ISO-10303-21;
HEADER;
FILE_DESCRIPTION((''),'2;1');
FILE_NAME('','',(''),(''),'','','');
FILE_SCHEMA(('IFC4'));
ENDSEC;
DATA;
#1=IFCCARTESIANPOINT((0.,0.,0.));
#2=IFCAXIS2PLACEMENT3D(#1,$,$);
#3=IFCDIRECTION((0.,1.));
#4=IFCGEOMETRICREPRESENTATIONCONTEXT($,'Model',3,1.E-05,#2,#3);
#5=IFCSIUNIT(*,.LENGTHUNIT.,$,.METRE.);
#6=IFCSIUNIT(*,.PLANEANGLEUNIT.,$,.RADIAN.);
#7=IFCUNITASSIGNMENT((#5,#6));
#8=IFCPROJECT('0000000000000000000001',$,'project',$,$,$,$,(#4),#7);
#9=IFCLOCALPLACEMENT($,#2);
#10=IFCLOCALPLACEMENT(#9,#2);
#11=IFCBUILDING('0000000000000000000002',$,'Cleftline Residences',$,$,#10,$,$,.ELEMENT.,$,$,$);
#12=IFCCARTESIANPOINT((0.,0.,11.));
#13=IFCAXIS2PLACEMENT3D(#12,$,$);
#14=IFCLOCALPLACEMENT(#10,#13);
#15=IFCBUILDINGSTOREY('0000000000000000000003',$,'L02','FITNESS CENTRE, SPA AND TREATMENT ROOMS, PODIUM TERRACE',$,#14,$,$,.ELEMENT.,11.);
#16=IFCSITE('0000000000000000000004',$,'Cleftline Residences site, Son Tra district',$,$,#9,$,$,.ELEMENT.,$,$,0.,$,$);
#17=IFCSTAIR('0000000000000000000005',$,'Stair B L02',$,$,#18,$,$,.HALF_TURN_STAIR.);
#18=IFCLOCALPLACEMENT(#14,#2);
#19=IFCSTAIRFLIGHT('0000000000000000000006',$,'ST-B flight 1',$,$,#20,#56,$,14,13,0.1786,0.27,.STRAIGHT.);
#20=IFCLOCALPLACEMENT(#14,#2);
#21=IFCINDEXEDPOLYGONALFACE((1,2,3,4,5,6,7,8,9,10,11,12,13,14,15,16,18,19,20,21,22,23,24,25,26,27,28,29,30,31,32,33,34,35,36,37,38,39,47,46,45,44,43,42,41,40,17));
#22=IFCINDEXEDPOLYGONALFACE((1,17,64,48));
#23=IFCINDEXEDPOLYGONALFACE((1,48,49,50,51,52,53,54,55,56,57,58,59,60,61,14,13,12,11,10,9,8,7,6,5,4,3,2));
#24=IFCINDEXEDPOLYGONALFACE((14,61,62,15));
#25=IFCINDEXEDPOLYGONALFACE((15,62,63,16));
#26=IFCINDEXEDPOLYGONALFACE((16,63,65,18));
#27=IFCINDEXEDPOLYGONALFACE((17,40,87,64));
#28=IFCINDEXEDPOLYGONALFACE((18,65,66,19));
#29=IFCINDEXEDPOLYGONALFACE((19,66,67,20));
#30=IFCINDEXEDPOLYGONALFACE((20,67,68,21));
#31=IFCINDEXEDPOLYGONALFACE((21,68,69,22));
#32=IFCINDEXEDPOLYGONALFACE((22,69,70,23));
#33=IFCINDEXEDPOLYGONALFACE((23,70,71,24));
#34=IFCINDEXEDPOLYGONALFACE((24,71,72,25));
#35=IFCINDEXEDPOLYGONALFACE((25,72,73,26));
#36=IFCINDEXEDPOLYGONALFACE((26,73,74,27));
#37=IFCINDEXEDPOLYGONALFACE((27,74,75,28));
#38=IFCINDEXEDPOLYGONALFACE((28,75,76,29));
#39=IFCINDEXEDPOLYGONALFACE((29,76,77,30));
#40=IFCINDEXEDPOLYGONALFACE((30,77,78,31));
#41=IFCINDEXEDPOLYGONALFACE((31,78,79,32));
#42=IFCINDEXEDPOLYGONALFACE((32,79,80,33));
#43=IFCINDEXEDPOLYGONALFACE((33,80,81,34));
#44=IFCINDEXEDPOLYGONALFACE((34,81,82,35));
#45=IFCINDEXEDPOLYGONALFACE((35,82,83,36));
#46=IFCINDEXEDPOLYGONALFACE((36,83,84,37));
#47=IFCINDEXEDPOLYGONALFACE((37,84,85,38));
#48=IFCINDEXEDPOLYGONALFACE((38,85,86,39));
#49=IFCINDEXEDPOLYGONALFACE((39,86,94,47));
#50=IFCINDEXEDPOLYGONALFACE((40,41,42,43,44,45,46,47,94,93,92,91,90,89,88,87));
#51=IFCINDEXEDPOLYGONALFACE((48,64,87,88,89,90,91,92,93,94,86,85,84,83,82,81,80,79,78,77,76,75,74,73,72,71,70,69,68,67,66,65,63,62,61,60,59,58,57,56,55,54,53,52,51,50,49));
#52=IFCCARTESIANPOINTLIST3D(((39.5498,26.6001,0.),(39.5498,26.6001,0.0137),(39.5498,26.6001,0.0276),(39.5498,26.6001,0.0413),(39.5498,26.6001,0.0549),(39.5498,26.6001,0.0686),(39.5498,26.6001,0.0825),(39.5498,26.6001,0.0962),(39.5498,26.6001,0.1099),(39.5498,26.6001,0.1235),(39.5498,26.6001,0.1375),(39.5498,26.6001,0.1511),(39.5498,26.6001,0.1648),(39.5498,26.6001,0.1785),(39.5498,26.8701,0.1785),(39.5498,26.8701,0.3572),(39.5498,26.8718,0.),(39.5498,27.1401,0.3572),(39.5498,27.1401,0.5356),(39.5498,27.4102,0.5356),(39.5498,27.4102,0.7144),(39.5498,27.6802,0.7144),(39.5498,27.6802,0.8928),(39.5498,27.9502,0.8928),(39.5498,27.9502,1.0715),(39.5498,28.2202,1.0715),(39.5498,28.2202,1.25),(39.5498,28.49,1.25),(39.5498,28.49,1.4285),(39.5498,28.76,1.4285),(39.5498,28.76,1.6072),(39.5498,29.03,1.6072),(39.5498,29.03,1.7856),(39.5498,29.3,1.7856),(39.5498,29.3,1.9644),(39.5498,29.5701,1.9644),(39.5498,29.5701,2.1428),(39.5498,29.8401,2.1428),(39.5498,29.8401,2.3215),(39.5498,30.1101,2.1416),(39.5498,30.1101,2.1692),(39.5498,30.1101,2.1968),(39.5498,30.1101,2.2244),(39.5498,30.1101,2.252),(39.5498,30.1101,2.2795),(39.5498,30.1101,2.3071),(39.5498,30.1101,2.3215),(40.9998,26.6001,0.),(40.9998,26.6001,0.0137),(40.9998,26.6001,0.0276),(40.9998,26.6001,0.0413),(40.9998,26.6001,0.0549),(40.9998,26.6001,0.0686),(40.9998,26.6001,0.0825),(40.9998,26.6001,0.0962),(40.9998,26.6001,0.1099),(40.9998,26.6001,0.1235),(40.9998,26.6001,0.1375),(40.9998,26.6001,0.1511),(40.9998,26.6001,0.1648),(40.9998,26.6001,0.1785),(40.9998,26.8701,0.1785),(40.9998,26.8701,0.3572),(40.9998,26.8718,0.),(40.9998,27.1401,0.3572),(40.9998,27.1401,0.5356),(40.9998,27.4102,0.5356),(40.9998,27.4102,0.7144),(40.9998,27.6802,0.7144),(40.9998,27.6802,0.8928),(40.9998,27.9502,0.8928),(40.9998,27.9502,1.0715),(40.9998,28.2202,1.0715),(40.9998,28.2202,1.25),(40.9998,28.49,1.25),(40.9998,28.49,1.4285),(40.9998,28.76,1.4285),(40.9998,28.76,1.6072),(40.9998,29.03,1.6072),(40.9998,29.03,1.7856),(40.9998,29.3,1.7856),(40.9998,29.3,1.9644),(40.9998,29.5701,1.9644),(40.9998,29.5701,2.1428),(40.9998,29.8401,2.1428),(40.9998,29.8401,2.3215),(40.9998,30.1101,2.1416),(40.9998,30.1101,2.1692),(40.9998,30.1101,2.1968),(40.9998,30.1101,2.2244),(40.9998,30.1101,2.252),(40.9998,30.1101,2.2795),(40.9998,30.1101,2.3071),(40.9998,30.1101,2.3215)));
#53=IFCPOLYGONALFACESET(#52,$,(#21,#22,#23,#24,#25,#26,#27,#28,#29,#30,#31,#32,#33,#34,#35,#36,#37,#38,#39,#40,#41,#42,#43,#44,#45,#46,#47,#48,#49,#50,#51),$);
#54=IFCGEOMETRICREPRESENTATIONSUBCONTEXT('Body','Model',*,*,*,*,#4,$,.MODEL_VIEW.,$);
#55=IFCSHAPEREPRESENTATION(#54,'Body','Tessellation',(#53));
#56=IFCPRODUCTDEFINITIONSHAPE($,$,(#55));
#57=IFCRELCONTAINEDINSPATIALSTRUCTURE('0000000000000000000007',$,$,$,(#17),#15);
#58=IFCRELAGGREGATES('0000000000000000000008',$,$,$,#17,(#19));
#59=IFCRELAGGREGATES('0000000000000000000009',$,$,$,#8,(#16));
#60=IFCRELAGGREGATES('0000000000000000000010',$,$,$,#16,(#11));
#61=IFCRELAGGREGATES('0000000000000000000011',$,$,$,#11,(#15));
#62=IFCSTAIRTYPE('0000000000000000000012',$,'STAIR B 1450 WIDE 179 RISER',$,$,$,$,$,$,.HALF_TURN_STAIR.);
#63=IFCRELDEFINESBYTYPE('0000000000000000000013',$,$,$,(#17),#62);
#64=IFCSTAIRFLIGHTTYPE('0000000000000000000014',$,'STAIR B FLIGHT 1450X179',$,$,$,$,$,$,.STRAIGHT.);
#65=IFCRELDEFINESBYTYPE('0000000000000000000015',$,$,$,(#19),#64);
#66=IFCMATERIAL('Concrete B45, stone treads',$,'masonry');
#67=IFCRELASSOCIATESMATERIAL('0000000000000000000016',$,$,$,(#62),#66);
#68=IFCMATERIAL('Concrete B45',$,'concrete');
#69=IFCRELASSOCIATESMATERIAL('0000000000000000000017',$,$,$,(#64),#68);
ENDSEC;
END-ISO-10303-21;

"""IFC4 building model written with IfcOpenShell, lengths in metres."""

from ifc_helpers import new_model, si_unit, direction, frame, origin, place, context, subcontext, project, spatial, polyline, outline, extrude, material, type_object, element, aggregate, save


model = new_model("IFC4")

# Units and contexts
model_context = context("Model", 3, precision=1e-05, world=origin(), true_north=direction((0.0, 1.0)))
body_context = subcontext(model_context, "Body", "Model", "MODEL_VIEW")
ifc_project = project(units=[si_unit("LENGTHUNIT", "METRE"), si_unit("PLANEANGLEUNIT", "RADIAN")], contexts=[model_context])

# Site, building, storey
site_placement = place(None, origin())
site = spatial("IfcSite", under=ifc_project, at=site_placement, Name="Cleftline Residences site, Son Tra district", CompositionType="ELEMENT", RefElevation=0.0)
building_placement = place(site_placement, origin())
building = spatial("IfcBuilding", under=site, at=building_placement, Name="Cleftline Residences", CompositionType="ELEMENT")
storey_placement = place(building_placement, frame((0.0, 0.0, 11.0)))
storey = spatial("IfcBuildingStorey", under=building, at=storey_placement, Name="L02", Description="FITNESS CENTRE, SPA AND TREATMENT ROOMS, PODIUM TERRACE", CompositionType="ELEMENT", Elevation=11.0)

# Stair, stair flight
ifc_material_1 = material(Name="Concrete B45, stone treads", Category="masonry")
stair_type = type_object("IfcStairType", Name="STAIR B 1450 WIDE 179 RISER", PredefinedType="HALF_TURN_STAIR", material=ifc_material_1)
stair_placement = place(storey_placement, origin())
stair = element("IfcStair", 1, at=stair_placement, inside=storey, type_object=stair_type, Name="Stair B L02", PredefinedType="HALF_TURN_STAIR")
ifc_material_2 = material(Name="Concrete B45", Category="concrete")
stair_flight_type = type_object("IfcStairFlightType", Name="STAIR B FLIGHT 1450X179", PredefinedType="STRAIGHT", material=ifc_material_2)
stair_flight_placement = place(storey_placement, frame((40.2749, 26.6001, 0.0), z_axis=(0.0, 0.0, 1.0), x_axis=(0.0, 1.0, 0.0)))
stair_flight = element("IfcStairFlight", 2, at=stair_flight_placement, type_object=stair_flight_type, Name="ST-B flight 1", NumberOfRisers=14, NumberOfTreads=13, PredefinedType="STRAIGHT", RiserHeight=0.1786, TreadLength=0.27, context=body_context, shape_type="SweptSolid", body=[
    extrude(outline(polyline([(0.0, 0.0), (0.0, 0.0137), (0.0, 0.0276), (0.0, 0.0413), (0.0, 0.0549), (0.0, 0.0686), (0.0, 0.0825), (0.0, 0.0962), (0.0, 0.1099), (0.0, 0.1235), (0.0, 0.1375), (0.0, 0.1511), (0.0, 0.1648), (0.0, 0.1785), (0.27, 0.1785), (0.27, 0.3572), (0.54, 0.3572), (0.54, 0.5356), (0.8101, 0.5356), (0.8101, 0.7144), (1.0801, 0.7144), (1.0801, 0.8928), (1.3501, 0.8928), (1.3501, 1.0715), (1.6201, 1.0715), (1.6201, 1.25), (1.8899, 1.25), (1.8899, 1.4285), (2.1599, 1.4285), (2.1599, 1.6072), (2.4299, 1.6072), (2.4299, 1.7856), (2.7, 1.7856), (2.7, 1.9644), (2.97, 1.9644), (2.97, 2.1428), (3.24, 2.1428), (3.24, 2.3215), (3.51, 2.3215), (3.51, 2.5), (3.51, 2.4724), (3.51, 2.4448), (3.51, 2.4172), (3.51, 2.3896), (3.51, 2.3623), (3.51, 2.3347), (3.51, 2.3071), (3.51, 2.2795), (3.51, 2.252), (3.51, 2.2244), (3.51, 2.1968), (3.51, 2.1692), (3.51, 2.1416), (0.2717, 0.0), (0.0, 0.0)])), frame((0.0, 0.7251, 0.0), z_axis=(0.0, -1.0, 0.0), x_axis=(1.0, 0.0, 0.0)), (0.0, 0.0, 1.0), 1.45),
])
aggregate(stair, [stair_flight])

save(model, "model.ifc")
